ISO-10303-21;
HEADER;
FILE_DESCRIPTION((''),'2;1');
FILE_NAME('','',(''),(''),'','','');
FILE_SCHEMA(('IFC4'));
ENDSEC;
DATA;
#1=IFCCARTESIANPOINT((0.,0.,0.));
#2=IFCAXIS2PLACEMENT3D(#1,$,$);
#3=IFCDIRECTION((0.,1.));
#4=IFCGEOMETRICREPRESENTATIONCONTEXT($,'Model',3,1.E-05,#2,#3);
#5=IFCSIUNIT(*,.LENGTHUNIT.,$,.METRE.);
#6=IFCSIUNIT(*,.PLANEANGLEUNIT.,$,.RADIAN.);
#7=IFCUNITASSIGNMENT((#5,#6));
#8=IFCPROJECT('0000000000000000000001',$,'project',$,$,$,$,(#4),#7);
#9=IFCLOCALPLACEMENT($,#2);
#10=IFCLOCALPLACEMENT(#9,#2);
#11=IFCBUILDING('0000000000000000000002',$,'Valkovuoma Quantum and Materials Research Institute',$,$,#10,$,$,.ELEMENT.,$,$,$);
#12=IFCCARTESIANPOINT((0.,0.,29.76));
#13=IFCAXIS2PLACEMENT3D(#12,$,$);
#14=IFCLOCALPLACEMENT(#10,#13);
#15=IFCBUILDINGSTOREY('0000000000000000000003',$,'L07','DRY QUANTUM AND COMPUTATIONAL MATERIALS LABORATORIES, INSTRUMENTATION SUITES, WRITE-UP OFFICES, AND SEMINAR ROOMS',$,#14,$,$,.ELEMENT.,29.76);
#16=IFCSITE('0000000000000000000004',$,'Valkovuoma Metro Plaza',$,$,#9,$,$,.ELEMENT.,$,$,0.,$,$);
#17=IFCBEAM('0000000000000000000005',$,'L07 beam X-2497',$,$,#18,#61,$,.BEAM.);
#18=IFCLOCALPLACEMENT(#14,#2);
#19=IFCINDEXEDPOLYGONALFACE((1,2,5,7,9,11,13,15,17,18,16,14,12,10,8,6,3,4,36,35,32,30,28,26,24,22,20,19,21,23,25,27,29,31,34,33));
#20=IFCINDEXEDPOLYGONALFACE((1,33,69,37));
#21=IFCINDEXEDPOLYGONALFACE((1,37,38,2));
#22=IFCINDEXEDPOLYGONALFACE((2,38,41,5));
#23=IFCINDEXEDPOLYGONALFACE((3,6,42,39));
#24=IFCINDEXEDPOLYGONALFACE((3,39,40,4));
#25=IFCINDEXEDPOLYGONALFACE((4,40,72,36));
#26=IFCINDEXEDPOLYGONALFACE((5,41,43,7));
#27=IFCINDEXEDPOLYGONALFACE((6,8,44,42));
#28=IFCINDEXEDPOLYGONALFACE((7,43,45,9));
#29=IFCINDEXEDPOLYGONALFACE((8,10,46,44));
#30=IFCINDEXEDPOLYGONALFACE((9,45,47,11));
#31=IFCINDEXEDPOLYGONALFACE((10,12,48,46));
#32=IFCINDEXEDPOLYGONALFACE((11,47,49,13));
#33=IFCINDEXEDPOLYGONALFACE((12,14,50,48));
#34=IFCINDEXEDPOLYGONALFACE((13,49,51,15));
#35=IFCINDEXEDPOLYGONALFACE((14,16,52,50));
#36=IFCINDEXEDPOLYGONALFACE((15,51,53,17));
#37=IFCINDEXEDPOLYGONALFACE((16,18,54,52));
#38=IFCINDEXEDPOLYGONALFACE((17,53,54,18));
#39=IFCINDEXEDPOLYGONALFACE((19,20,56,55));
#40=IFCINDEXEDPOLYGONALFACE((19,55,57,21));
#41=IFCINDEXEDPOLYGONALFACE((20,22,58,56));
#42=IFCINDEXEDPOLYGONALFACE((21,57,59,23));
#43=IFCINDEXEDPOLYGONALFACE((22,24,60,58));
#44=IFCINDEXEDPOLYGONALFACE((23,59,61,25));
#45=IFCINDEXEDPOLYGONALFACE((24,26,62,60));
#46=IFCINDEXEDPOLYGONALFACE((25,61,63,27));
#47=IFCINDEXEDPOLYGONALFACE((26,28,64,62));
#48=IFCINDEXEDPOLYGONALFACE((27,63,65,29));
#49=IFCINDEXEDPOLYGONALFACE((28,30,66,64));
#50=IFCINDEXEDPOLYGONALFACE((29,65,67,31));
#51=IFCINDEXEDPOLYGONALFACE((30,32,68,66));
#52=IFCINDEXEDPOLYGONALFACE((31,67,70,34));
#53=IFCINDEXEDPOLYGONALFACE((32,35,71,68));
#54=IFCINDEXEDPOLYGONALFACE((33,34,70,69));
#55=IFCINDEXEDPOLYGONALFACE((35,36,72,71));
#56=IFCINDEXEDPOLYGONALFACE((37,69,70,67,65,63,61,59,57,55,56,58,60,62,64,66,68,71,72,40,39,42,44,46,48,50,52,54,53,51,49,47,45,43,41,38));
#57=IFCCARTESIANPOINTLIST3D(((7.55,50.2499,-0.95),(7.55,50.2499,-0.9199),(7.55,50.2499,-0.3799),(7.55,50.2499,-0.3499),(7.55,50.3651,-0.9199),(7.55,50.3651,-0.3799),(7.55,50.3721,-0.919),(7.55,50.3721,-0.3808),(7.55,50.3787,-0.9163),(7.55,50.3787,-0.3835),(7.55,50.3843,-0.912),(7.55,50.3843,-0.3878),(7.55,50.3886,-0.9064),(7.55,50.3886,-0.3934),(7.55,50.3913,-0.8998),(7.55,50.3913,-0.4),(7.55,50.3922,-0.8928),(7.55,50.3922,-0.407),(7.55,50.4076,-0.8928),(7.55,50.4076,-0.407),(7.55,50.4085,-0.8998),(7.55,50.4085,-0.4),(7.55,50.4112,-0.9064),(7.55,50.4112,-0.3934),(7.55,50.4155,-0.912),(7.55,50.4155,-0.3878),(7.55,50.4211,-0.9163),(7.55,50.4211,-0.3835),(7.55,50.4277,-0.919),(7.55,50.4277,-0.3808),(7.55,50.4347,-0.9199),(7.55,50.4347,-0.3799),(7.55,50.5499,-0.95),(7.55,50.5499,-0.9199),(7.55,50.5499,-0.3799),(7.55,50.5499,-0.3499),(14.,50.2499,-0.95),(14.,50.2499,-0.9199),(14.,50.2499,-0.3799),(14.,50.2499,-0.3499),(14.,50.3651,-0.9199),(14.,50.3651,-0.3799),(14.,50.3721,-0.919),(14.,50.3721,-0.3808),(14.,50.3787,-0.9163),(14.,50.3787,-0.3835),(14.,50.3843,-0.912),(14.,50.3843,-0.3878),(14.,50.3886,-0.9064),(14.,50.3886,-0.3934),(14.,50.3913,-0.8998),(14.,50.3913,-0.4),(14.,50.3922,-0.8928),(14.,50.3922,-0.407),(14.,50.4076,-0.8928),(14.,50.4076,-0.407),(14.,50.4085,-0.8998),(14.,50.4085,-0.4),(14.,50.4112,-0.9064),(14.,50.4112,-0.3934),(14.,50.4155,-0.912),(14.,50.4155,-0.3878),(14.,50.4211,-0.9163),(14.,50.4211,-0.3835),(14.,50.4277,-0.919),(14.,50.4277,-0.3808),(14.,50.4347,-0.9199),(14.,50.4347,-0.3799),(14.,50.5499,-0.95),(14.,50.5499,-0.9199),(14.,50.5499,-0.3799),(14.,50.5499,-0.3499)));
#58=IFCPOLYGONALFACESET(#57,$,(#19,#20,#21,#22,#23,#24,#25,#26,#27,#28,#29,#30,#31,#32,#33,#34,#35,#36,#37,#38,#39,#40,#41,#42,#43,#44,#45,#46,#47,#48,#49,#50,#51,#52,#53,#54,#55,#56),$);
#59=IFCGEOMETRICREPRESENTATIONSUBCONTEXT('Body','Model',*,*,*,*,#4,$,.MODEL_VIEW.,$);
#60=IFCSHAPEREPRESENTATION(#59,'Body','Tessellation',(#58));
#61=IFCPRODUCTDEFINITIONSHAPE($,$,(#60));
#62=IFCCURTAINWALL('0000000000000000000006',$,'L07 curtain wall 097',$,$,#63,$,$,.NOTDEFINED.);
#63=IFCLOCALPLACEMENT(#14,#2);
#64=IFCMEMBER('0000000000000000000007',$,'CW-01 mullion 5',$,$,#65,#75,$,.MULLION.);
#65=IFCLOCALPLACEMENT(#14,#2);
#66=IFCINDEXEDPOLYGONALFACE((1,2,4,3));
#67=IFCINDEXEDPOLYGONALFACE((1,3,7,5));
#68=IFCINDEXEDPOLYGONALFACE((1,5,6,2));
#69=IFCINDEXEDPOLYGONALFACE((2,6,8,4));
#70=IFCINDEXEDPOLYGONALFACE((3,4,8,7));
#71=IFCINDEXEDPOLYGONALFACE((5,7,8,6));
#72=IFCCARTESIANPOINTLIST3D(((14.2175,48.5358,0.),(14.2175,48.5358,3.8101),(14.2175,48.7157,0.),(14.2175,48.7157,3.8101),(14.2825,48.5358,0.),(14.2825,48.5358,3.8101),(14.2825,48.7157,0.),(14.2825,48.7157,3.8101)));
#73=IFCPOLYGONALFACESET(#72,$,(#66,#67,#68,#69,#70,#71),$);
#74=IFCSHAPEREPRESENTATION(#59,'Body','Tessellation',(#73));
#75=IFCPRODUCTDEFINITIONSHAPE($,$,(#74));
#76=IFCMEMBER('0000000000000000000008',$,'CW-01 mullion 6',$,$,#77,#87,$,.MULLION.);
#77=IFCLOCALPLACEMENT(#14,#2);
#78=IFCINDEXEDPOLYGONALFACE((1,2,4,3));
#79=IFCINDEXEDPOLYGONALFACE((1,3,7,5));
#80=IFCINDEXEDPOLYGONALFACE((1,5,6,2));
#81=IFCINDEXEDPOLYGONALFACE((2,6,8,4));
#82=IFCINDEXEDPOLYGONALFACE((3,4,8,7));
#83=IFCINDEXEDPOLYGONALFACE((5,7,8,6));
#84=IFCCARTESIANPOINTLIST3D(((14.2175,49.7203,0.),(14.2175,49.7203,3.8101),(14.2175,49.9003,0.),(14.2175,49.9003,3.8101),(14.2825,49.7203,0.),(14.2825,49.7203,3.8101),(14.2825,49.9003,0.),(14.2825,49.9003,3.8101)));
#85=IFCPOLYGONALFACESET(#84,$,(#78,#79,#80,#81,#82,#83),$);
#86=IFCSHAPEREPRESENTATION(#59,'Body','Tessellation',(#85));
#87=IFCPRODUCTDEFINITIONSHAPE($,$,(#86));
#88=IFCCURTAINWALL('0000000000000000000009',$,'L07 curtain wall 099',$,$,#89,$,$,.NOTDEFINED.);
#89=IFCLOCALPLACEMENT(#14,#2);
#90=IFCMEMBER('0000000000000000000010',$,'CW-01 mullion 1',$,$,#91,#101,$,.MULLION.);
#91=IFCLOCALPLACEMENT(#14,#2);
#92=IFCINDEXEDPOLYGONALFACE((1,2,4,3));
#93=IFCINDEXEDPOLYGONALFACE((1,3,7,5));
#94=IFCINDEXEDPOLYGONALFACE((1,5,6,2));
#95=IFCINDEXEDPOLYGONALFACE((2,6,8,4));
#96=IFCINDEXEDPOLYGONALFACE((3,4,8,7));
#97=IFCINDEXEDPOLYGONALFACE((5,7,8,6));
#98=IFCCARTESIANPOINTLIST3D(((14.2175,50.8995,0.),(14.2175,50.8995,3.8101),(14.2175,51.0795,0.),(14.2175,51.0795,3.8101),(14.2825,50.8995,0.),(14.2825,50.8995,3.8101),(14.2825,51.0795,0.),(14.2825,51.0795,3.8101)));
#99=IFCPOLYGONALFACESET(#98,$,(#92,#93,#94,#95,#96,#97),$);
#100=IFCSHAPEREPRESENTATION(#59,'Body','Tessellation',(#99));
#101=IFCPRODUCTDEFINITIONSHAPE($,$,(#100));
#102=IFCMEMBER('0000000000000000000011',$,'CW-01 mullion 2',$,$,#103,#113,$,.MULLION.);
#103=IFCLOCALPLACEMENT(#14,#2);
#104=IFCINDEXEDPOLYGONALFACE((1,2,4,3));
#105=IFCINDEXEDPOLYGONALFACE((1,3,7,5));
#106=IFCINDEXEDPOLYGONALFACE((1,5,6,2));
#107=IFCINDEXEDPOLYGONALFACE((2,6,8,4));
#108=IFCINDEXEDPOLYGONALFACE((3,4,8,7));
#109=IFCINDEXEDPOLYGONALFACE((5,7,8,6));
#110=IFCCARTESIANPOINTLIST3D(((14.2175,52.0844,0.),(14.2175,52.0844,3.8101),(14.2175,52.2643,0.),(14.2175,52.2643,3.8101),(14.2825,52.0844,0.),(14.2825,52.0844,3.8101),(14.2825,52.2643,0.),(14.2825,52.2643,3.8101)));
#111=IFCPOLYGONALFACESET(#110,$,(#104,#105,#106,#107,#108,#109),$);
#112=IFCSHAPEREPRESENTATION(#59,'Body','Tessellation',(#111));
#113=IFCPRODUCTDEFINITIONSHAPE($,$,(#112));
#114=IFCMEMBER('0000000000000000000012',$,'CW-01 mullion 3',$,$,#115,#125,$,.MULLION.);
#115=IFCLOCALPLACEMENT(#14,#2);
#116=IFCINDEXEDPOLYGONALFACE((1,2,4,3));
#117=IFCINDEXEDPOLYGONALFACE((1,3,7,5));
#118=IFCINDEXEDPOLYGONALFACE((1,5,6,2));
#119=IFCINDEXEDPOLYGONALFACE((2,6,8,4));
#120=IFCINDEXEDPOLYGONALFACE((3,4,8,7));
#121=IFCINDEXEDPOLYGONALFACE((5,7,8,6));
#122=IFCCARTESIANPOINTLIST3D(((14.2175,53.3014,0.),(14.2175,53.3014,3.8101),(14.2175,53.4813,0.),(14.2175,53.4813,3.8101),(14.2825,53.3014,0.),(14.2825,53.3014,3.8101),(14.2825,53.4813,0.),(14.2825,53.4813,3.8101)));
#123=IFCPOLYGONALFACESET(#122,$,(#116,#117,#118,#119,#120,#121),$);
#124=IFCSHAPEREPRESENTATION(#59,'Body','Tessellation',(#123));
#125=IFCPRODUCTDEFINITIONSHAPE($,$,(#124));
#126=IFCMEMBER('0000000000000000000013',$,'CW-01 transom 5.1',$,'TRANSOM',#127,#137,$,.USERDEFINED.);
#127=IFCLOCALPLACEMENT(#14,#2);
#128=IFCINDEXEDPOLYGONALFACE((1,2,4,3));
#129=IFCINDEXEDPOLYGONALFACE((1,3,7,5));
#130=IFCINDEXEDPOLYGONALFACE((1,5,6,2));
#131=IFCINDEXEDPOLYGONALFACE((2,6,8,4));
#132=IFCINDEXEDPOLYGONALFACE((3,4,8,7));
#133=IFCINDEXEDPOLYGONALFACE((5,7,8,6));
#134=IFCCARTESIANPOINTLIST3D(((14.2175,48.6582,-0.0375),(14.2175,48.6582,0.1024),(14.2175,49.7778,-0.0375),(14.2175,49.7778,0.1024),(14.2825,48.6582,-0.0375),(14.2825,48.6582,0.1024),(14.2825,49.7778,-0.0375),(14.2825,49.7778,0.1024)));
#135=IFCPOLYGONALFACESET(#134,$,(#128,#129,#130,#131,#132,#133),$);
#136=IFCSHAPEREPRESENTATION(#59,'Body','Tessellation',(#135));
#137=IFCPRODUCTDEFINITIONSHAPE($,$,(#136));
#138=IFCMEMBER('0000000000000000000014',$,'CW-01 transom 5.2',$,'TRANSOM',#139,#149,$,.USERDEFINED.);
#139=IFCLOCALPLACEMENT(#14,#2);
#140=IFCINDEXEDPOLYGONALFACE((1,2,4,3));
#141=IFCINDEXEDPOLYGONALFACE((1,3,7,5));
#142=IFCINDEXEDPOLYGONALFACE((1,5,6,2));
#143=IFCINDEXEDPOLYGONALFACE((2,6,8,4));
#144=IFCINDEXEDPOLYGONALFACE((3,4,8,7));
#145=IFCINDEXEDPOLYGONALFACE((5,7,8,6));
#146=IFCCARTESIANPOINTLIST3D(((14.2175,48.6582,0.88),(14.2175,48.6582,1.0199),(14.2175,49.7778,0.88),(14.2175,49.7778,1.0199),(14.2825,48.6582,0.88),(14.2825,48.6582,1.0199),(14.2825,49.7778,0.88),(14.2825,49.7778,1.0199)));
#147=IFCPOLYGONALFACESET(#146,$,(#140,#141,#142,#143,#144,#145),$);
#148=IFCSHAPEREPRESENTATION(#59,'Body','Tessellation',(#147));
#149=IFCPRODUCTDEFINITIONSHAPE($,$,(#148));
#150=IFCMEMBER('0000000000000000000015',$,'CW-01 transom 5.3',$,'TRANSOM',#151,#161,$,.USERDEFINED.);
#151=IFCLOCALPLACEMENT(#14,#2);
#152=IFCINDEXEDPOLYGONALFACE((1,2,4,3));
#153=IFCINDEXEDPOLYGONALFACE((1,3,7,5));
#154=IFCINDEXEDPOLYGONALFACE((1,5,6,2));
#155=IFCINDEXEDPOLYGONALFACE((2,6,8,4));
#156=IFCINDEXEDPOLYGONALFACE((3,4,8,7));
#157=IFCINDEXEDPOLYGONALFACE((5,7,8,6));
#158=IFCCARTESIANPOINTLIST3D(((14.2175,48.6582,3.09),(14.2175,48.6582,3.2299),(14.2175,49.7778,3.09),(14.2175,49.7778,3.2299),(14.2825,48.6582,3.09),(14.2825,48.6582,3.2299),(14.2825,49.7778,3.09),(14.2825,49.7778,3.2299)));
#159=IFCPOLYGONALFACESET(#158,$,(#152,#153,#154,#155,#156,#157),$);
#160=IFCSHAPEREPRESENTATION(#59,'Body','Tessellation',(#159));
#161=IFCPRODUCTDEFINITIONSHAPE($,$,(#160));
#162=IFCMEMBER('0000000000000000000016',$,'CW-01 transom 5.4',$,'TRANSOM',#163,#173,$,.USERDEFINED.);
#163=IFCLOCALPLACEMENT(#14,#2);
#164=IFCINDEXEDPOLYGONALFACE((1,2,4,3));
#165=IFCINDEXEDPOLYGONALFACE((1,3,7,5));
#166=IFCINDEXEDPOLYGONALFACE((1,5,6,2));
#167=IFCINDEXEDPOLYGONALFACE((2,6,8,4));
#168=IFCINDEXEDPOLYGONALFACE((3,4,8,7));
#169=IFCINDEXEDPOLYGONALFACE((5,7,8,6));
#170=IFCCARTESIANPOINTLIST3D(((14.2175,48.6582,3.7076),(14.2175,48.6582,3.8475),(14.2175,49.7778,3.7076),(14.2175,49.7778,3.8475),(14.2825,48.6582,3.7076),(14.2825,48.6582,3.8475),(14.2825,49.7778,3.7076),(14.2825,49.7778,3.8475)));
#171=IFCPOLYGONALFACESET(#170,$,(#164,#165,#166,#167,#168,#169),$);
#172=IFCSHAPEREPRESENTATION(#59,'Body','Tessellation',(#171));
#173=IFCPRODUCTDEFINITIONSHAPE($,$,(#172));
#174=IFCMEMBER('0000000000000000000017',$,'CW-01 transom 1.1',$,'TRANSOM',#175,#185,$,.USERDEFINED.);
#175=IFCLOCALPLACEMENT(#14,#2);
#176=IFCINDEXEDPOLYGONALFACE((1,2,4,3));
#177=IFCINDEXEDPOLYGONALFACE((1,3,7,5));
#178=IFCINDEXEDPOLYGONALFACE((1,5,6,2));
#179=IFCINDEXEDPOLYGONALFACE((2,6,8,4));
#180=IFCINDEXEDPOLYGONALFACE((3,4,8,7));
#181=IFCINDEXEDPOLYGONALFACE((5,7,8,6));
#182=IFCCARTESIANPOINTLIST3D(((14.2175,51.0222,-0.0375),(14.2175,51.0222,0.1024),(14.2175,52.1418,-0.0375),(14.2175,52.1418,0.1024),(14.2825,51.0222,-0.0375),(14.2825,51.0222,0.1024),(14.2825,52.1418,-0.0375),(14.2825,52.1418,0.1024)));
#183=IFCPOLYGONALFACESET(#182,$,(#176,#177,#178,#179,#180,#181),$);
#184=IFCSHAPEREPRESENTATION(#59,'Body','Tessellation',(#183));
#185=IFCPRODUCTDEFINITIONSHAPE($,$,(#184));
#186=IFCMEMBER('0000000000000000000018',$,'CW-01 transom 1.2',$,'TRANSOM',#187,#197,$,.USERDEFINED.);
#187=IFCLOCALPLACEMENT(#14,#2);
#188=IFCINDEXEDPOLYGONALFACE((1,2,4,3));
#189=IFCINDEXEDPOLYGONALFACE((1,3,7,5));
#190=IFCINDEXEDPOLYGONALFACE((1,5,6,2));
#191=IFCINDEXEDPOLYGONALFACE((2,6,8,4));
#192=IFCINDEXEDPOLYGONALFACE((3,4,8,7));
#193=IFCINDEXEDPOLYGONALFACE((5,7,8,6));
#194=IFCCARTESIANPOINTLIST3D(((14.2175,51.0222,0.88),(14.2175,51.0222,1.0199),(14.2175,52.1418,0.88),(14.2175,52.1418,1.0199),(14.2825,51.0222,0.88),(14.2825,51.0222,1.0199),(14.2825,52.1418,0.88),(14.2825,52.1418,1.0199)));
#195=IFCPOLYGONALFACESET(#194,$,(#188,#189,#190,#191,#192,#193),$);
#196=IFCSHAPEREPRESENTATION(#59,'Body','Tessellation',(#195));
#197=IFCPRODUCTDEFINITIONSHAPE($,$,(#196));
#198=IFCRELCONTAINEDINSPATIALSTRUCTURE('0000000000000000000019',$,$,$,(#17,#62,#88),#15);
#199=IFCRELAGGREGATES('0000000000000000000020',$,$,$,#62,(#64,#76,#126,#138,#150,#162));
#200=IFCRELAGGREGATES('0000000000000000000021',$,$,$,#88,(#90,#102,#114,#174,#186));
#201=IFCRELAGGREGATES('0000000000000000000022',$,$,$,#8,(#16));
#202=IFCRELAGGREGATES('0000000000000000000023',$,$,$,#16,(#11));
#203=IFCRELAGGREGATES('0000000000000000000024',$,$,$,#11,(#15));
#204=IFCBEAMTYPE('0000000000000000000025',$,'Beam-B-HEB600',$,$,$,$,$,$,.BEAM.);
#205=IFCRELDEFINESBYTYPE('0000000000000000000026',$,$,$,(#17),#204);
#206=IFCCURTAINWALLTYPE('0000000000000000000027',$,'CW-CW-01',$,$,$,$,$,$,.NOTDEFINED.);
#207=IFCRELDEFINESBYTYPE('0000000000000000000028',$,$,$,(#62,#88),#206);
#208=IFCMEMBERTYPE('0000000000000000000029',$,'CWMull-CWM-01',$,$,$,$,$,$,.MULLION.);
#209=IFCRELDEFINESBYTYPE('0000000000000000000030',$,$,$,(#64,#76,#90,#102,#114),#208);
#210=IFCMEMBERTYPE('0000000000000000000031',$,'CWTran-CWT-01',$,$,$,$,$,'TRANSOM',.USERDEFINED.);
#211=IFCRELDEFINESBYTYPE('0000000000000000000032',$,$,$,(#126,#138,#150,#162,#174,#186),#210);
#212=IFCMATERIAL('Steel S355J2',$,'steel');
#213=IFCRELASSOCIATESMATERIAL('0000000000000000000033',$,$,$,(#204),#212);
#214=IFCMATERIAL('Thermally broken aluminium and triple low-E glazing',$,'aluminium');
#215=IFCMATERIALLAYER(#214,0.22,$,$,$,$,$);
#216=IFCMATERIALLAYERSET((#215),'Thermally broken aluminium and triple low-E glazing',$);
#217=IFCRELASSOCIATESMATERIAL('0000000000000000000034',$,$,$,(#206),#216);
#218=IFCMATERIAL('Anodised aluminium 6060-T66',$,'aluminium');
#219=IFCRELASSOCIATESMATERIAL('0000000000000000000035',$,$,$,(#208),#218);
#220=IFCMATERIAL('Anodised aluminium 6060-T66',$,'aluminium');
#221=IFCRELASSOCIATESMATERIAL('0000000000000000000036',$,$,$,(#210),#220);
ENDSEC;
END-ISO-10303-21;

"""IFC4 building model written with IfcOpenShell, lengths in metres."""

from ifc_helpers import new_model, si_unit, direction, frame, origin, origin_2d, place, context, subcontext, project, spatial, rectangle, i_section, extrude, material, layer, layer_set, material_profile, profile_set, type_object, element, aggregate, save


model = new_model("IFC4")

# Units and contexts
model_context = context("Model", 3, precision=1e-05, world=origin(), true_north=direction((0.0, 1.0)))
body_context = subcontext(model_context, "Body", "Model", "MODEL_VIEW")
ifc_project = project(units=[si_unit("LENGTHUNIT", "METRE"), si_unit("PLANEANGLEUNIT", "RADIAN")], contexts=[model_context])

# Site, building, storey
site_placement = place(None, origin())
site = spatial("IfcSite", under=ifc_project, at=site_placement, Name="Valkovuoma Metro Plaza", CompositionType="ELEMENT", RefElevation=0.0)
building_placement = place(site_placement, origin())
building = spatial("IfcBuilding", under=site, at=building_placement, Name="Valkovuoma Quantum and Materials Research Institute", CompositionType="ELEMENT")
storey_placement = place(building_placement, frame((0.0, 0.0, 29.76)))
storey = spatial("IfcBuildingStorey", under=building, at=storey_placement, Name="L07", Description="DRY QUANTUM AND COMPUTATIONAL MATERIALS LABORATORIES, INSTRUMENTATION SUITES, WRITE-UP OFFICES, AND SEMINAR ROOMS", CompositionType="ELEMENT", Elevation=29.76)

# Beam
ifc_material_1 = material(Name="Steel S355J2", Category="steel")
ifc_material_profile_1 = material_profile(ifc_material_1, i_section(OverallWidth=0.3, OverallDepth=0.6001, WebThickness=0.0154, FlangeThickness=0.03, FilletRadius=0.0271, at=origin_2d()), Name="Steel S355J2")
ifc_profile_set_1 = profile_set([ifc_material_profile_1], Name="Steel S355J2")
beam_type = type_object("IfcBeamType", Name="Beam-B-HEB600", PredefinedType="BEAM", material=ifc_profile_set_1)
beam_placement = place(storey_placement, frame((7.55, 50.3999, -0.6499), z_axis=(1.0, 0.0, 0.0), x_axis=(0.0, 1.0, 0.0)))
element("IfcBeam", 1, at=beam_placement, inside=storey, type_object=beam_type, Name="L07 beam X-2497", PredefinedType="BEAM", context=body_context, shape_type="SweptSolid", body=[
    extrude(i_section(OverallWidth=0.3, OverallDepth=0.6001, WebThickness=0.0154, FlangeThickness=0.03, FilletRadius=0.0271, at=origin_2d()), origin(), (0.0, 0.0, 1.0), 6.45),
])

# Curtain walls, members
ifc_material_2 = material(Name="Thermally broken aluminium and triple low-E glazing", Category="aluminium")
ifc_layer_1 = layer(ifc_material_2, 0.22)
ifc_layer_set_1 = layer_set([ifc_layer_1], Name="Thermally broken aluminium and triple low-E glazing")
curtain_wall_type = type_object("IfcCurtainWallType", Name="CW-CW-01", PredefinedType="NOTDEFINED", material=ifc_layer_set_1)
curtain_wall_1_placement = place(storey_placement, origin())
curtain_wall_1 = element("IfcCurtainWall", 2, at=curtain_wall_1_placement, inside=storey, type_object=curtain_wall_type, Name="L07 curtain wall 097", PredefinedType="NOTDEFINED")
ifc_material_3 = material(Name="Anodised aluminium 6060-T66", Category="aluminium")
ifc_material_profile_2 = material_profile(ifc_material_3, rectangle(XDim=0.0649, YDim=0.1799, at=origin_2d()), Name="Anodised aluminium 6060-T66")
ifc_profile_set_2 = profile_set([ifc_material_profile_2], Name="Anodised aluminium 6060-T66")
member_type_1 = type_object("IfcMemberType", Name="CWMull-CWM-01", PredefinedType="MULLION", material=ifc_profile_set_2)
member_1_placement = place(storey_placement, frame((14.25, 48.6257, 0.0), z_axis=(0.0, 0.0, 1.0), x_axis=(-1.0, 0.0, 0.0)))
member_1 = element("IfcMember", 3, at=member_1_placement, type_object=member_type_1, Name="CW-01 mullion 5", PredefinedType="MULLION", context=body_context, shape_type="SweptSolid", body=[
    extrude(rectangle(XDim=0.0649, YDim=0.1799, at=origin_2d()), origin(), (0.0, 0.0, 1.0), 3.8101),
])
member_2_placement = place(storey_placement, frame((14.25, 49.8103, 0.0), z_axis=(0.0, 0.0, 1.0), x_axis=(-1.0, 0.0, 0.0)))
member_2 = element("IfcMember", 4, at=member_2_placement, type_object=member_type_1, Name="CW-01 mullion 6", PredefinedType="MULLION", context=body_context, shape_type="SweptSolid", body=[
    extrude(rectangle(XDim=0.0649, YDim=0.1799, at=origin_2d()), origin(), (0.0, 0.0, 1.0), 3.8101),
])
curtain_wall_2_placement = place(storey_placement, origin())
curtain_wall_2 = element("IfcCurtainWall", 5, at=curtain_wall_2_placement, inside=storey, type_object=curtain_wall_type, Name="L07 curtain wall 099", PredefinedType="NOTDEFINED")
member_3_placement = place(storey_placement, frame((14.25, 50.9895, 0.0), z_axis=(0.0, 0.0, 1.0), x_axis=(-1.0, 0.0, 0.0)))
member_3 = element("IfcMember", 6, at=member_3_placement, type_object=member_type_1, Name="CW-01 mullion 1", PredefinedType="MULLION", context=body_context, shape_type="SweptSolid", body=[
    extrude(rectangle(XDim=0.0649, YDim=0.1799, at=origin_2d()), origin(), (0.0, 0.0, 1.0), 3.8101),
])
member_4_placement = place(storey_placement, frame((14.25, 52.1743, 0.0), z_axis=(0.0, 0.0, 1.0), x_axis=(-1.0, 0.0, 0.0)))
member_4 = element("IfcMember", 7, at=member_4_placement, type_object=member_type_1, Name="CW-01 mullion 2", PredefinedType="MULLION", context=body_context, shape_type="SweptSolid", body=[
    extrude(rectangle(XDim=0.0649, YDim=0.1799, at=origin_2d()), origin(), (0.0, 0.0, 1.0), 3.8101),
])
member_5_placement = place(storey_placement, frame((14.25, 53.3914, 0.0), z_axis=(0.0, 0.0, 1.0), x_axis=(-1.0, 0.0, 0.0)))
member_5 = element("IfcMember", 8, at=member_5_placement, type_object=member_type_1, Name="CW-01 mullion 3", PredefinedType="MULLION", context=body_context, shape_type="SweptSolid", body=[
    extrude(rectangle(XDim=0.0649, YDim=0.1799, at=origin_2d()), origin(), (0.0, 0.0, 1.0), 3.8101),
])

# Members
ifc_material_4 = material(Name="Anodised aluminium 6060-T66", Category="aluminium")
ifc_material_profile_3 = material_profile(ifc_material_4, rectangle(XDim=0.0649, YDim=0.1399, at=origin_2d()), Name="Anodised aluminium 6060-T66")
ifc_profile_set_3 = profile_set([ifc_material_profile_3], Name="Anodised aluminium 6060-T66")
member_type_2 = type_object("IfcMemberType", Name="CWTran-CWT-01", ElementType="TRANSOM", PredefinedType="USERDEFINED", material=ifc_profile_set_3)
member_6_placement = place(storey_placement, frame((14.25, 48.6582, 0.0325), z_axis=(0.0, 1.0, 0.0), x_axis=(-1.0, 0.0, 0.0)))
member_6 = element("IfcMember", 9, at=member_6_placement, type_object=member_type_2, Name="CW-01 transom 5.1", ObjectType="TRANSOM", PredefinedType="USERDEFINED", context=body_context, shape_type="SweptSolid", body=[
    extrude(rectangle(XDim=0.0649, YDim=0.1399, at=origin_2d()), origin(), (0.0, 0.0, 1.0), 1.1196),
])
member_7_placement = place(storey_placement, frame((14.25, 48.6582, 0.95), z_axis=(0.0, 1.0, 0.0), x_axis=(-1.0, 0.0, 0.0)))
member_7 = element("IfcMember", 10, at=member_7_placement, type_object=member_type_2, Name="CW-01 transom 5.2", ObjectType="TRANSOM", PredefinedType="USERDEFINED", context=body_context, shape_type="SweptSolid", body=[
    extrude(rectangle(XDim=0.0649, YDim=0.1399, at=origin_2d()), origin(), (0.0, 0.0, 1.0), 1.1196),
])
member_8_placement = place(storey_placement, frame((14.25, 48.6582, 3.1599), z_axis=(0.0, 1.0, 0.0), x_axis=(-1.0, 0.0, 0.0)))
member_8 = element("IfcMember", 11, at=member_8_placement, type_object=member_type_2, Name="CW-01 transom 5.3", ObjectType="TRANSOM", PredefinedType="USERDEFINED", context=body_context, shape_type="SweptSolid", body=[
    extrude(rectangle(XDim=0.0649, YDim=0.1399, at=origin_2d()), origin(), (0.0, 0.0, 1.0), 1.1196),
])
member_9_placement = place(storey_placement, frame((14.25, 48.6582, 3.7776), z_axis=(0.0, 1.0, 0.0), x_axis=(-1.0, 0.0, 0.0)))
member_9 = element("IfcMember", 12, at=member_9_placement, type_object=member_type_2, Name="CW-01 transom 5.4", ObjectType="TRANSOM", PredefinedType="USERDEFINED", context=body_context, shape_type="SweptSolid", body=[
    extrude(rectangle(XDim=0.0649, YDim=0.1399, at=origin_2d()), origin(), (0.0, 0.0, 1.0), 1.1196),
])
member_10_placement = place(storey_placement, frame((14.25, 51.0222, 0.0325), z_axis=(0.0, 1.0, 0.0), x_axis=(-1.0, 0.0, 0.0)))
member_10 = element("IfcMember", 13, at=member_10_placement, type_object=member_type_2, Name="CW-01 transom 1.1", ObjectType="TRANSOM", PredefinedType="USERDEFINED", context=body_context, shape_type="SweptSolid", body=[
    extrude(rectangle(XDim=0.0649, YDim=0.1399, at=origin_2d()), origin(), (0.0, 0.0, 1.0), 1.1196),
])
member_11_placement = place(storey_placement, frame((14.25, 51.0222, 0.95), z_axis=(0.0, 1.0, 0.0), x_axis=(-1.0, 0.0, 0.0)))
member_11 = element("IfcMember", 14, at=member_11_placement, type_object=member_type_2, Name="CW-01 transom 1.2", ObjectType="TRANSOM", PredefinedType="USERDEFINED", context=body_context, shape_type="SweptSolid", body=[
    extrude(rectangle(XDim=0.0649, YDim=0.1399, at=origin_2d()), origin(), (0.0, 0.0, 1.0), 1.1196),
])

aggregate(curtain_wall_1, [member_1, member_2, member_6, member_7, member_8, member_9])
aggregate(curtain_wall_2, [member_3, member_4, member_5, member_10, member_11])

save(model, "model.ifc")
